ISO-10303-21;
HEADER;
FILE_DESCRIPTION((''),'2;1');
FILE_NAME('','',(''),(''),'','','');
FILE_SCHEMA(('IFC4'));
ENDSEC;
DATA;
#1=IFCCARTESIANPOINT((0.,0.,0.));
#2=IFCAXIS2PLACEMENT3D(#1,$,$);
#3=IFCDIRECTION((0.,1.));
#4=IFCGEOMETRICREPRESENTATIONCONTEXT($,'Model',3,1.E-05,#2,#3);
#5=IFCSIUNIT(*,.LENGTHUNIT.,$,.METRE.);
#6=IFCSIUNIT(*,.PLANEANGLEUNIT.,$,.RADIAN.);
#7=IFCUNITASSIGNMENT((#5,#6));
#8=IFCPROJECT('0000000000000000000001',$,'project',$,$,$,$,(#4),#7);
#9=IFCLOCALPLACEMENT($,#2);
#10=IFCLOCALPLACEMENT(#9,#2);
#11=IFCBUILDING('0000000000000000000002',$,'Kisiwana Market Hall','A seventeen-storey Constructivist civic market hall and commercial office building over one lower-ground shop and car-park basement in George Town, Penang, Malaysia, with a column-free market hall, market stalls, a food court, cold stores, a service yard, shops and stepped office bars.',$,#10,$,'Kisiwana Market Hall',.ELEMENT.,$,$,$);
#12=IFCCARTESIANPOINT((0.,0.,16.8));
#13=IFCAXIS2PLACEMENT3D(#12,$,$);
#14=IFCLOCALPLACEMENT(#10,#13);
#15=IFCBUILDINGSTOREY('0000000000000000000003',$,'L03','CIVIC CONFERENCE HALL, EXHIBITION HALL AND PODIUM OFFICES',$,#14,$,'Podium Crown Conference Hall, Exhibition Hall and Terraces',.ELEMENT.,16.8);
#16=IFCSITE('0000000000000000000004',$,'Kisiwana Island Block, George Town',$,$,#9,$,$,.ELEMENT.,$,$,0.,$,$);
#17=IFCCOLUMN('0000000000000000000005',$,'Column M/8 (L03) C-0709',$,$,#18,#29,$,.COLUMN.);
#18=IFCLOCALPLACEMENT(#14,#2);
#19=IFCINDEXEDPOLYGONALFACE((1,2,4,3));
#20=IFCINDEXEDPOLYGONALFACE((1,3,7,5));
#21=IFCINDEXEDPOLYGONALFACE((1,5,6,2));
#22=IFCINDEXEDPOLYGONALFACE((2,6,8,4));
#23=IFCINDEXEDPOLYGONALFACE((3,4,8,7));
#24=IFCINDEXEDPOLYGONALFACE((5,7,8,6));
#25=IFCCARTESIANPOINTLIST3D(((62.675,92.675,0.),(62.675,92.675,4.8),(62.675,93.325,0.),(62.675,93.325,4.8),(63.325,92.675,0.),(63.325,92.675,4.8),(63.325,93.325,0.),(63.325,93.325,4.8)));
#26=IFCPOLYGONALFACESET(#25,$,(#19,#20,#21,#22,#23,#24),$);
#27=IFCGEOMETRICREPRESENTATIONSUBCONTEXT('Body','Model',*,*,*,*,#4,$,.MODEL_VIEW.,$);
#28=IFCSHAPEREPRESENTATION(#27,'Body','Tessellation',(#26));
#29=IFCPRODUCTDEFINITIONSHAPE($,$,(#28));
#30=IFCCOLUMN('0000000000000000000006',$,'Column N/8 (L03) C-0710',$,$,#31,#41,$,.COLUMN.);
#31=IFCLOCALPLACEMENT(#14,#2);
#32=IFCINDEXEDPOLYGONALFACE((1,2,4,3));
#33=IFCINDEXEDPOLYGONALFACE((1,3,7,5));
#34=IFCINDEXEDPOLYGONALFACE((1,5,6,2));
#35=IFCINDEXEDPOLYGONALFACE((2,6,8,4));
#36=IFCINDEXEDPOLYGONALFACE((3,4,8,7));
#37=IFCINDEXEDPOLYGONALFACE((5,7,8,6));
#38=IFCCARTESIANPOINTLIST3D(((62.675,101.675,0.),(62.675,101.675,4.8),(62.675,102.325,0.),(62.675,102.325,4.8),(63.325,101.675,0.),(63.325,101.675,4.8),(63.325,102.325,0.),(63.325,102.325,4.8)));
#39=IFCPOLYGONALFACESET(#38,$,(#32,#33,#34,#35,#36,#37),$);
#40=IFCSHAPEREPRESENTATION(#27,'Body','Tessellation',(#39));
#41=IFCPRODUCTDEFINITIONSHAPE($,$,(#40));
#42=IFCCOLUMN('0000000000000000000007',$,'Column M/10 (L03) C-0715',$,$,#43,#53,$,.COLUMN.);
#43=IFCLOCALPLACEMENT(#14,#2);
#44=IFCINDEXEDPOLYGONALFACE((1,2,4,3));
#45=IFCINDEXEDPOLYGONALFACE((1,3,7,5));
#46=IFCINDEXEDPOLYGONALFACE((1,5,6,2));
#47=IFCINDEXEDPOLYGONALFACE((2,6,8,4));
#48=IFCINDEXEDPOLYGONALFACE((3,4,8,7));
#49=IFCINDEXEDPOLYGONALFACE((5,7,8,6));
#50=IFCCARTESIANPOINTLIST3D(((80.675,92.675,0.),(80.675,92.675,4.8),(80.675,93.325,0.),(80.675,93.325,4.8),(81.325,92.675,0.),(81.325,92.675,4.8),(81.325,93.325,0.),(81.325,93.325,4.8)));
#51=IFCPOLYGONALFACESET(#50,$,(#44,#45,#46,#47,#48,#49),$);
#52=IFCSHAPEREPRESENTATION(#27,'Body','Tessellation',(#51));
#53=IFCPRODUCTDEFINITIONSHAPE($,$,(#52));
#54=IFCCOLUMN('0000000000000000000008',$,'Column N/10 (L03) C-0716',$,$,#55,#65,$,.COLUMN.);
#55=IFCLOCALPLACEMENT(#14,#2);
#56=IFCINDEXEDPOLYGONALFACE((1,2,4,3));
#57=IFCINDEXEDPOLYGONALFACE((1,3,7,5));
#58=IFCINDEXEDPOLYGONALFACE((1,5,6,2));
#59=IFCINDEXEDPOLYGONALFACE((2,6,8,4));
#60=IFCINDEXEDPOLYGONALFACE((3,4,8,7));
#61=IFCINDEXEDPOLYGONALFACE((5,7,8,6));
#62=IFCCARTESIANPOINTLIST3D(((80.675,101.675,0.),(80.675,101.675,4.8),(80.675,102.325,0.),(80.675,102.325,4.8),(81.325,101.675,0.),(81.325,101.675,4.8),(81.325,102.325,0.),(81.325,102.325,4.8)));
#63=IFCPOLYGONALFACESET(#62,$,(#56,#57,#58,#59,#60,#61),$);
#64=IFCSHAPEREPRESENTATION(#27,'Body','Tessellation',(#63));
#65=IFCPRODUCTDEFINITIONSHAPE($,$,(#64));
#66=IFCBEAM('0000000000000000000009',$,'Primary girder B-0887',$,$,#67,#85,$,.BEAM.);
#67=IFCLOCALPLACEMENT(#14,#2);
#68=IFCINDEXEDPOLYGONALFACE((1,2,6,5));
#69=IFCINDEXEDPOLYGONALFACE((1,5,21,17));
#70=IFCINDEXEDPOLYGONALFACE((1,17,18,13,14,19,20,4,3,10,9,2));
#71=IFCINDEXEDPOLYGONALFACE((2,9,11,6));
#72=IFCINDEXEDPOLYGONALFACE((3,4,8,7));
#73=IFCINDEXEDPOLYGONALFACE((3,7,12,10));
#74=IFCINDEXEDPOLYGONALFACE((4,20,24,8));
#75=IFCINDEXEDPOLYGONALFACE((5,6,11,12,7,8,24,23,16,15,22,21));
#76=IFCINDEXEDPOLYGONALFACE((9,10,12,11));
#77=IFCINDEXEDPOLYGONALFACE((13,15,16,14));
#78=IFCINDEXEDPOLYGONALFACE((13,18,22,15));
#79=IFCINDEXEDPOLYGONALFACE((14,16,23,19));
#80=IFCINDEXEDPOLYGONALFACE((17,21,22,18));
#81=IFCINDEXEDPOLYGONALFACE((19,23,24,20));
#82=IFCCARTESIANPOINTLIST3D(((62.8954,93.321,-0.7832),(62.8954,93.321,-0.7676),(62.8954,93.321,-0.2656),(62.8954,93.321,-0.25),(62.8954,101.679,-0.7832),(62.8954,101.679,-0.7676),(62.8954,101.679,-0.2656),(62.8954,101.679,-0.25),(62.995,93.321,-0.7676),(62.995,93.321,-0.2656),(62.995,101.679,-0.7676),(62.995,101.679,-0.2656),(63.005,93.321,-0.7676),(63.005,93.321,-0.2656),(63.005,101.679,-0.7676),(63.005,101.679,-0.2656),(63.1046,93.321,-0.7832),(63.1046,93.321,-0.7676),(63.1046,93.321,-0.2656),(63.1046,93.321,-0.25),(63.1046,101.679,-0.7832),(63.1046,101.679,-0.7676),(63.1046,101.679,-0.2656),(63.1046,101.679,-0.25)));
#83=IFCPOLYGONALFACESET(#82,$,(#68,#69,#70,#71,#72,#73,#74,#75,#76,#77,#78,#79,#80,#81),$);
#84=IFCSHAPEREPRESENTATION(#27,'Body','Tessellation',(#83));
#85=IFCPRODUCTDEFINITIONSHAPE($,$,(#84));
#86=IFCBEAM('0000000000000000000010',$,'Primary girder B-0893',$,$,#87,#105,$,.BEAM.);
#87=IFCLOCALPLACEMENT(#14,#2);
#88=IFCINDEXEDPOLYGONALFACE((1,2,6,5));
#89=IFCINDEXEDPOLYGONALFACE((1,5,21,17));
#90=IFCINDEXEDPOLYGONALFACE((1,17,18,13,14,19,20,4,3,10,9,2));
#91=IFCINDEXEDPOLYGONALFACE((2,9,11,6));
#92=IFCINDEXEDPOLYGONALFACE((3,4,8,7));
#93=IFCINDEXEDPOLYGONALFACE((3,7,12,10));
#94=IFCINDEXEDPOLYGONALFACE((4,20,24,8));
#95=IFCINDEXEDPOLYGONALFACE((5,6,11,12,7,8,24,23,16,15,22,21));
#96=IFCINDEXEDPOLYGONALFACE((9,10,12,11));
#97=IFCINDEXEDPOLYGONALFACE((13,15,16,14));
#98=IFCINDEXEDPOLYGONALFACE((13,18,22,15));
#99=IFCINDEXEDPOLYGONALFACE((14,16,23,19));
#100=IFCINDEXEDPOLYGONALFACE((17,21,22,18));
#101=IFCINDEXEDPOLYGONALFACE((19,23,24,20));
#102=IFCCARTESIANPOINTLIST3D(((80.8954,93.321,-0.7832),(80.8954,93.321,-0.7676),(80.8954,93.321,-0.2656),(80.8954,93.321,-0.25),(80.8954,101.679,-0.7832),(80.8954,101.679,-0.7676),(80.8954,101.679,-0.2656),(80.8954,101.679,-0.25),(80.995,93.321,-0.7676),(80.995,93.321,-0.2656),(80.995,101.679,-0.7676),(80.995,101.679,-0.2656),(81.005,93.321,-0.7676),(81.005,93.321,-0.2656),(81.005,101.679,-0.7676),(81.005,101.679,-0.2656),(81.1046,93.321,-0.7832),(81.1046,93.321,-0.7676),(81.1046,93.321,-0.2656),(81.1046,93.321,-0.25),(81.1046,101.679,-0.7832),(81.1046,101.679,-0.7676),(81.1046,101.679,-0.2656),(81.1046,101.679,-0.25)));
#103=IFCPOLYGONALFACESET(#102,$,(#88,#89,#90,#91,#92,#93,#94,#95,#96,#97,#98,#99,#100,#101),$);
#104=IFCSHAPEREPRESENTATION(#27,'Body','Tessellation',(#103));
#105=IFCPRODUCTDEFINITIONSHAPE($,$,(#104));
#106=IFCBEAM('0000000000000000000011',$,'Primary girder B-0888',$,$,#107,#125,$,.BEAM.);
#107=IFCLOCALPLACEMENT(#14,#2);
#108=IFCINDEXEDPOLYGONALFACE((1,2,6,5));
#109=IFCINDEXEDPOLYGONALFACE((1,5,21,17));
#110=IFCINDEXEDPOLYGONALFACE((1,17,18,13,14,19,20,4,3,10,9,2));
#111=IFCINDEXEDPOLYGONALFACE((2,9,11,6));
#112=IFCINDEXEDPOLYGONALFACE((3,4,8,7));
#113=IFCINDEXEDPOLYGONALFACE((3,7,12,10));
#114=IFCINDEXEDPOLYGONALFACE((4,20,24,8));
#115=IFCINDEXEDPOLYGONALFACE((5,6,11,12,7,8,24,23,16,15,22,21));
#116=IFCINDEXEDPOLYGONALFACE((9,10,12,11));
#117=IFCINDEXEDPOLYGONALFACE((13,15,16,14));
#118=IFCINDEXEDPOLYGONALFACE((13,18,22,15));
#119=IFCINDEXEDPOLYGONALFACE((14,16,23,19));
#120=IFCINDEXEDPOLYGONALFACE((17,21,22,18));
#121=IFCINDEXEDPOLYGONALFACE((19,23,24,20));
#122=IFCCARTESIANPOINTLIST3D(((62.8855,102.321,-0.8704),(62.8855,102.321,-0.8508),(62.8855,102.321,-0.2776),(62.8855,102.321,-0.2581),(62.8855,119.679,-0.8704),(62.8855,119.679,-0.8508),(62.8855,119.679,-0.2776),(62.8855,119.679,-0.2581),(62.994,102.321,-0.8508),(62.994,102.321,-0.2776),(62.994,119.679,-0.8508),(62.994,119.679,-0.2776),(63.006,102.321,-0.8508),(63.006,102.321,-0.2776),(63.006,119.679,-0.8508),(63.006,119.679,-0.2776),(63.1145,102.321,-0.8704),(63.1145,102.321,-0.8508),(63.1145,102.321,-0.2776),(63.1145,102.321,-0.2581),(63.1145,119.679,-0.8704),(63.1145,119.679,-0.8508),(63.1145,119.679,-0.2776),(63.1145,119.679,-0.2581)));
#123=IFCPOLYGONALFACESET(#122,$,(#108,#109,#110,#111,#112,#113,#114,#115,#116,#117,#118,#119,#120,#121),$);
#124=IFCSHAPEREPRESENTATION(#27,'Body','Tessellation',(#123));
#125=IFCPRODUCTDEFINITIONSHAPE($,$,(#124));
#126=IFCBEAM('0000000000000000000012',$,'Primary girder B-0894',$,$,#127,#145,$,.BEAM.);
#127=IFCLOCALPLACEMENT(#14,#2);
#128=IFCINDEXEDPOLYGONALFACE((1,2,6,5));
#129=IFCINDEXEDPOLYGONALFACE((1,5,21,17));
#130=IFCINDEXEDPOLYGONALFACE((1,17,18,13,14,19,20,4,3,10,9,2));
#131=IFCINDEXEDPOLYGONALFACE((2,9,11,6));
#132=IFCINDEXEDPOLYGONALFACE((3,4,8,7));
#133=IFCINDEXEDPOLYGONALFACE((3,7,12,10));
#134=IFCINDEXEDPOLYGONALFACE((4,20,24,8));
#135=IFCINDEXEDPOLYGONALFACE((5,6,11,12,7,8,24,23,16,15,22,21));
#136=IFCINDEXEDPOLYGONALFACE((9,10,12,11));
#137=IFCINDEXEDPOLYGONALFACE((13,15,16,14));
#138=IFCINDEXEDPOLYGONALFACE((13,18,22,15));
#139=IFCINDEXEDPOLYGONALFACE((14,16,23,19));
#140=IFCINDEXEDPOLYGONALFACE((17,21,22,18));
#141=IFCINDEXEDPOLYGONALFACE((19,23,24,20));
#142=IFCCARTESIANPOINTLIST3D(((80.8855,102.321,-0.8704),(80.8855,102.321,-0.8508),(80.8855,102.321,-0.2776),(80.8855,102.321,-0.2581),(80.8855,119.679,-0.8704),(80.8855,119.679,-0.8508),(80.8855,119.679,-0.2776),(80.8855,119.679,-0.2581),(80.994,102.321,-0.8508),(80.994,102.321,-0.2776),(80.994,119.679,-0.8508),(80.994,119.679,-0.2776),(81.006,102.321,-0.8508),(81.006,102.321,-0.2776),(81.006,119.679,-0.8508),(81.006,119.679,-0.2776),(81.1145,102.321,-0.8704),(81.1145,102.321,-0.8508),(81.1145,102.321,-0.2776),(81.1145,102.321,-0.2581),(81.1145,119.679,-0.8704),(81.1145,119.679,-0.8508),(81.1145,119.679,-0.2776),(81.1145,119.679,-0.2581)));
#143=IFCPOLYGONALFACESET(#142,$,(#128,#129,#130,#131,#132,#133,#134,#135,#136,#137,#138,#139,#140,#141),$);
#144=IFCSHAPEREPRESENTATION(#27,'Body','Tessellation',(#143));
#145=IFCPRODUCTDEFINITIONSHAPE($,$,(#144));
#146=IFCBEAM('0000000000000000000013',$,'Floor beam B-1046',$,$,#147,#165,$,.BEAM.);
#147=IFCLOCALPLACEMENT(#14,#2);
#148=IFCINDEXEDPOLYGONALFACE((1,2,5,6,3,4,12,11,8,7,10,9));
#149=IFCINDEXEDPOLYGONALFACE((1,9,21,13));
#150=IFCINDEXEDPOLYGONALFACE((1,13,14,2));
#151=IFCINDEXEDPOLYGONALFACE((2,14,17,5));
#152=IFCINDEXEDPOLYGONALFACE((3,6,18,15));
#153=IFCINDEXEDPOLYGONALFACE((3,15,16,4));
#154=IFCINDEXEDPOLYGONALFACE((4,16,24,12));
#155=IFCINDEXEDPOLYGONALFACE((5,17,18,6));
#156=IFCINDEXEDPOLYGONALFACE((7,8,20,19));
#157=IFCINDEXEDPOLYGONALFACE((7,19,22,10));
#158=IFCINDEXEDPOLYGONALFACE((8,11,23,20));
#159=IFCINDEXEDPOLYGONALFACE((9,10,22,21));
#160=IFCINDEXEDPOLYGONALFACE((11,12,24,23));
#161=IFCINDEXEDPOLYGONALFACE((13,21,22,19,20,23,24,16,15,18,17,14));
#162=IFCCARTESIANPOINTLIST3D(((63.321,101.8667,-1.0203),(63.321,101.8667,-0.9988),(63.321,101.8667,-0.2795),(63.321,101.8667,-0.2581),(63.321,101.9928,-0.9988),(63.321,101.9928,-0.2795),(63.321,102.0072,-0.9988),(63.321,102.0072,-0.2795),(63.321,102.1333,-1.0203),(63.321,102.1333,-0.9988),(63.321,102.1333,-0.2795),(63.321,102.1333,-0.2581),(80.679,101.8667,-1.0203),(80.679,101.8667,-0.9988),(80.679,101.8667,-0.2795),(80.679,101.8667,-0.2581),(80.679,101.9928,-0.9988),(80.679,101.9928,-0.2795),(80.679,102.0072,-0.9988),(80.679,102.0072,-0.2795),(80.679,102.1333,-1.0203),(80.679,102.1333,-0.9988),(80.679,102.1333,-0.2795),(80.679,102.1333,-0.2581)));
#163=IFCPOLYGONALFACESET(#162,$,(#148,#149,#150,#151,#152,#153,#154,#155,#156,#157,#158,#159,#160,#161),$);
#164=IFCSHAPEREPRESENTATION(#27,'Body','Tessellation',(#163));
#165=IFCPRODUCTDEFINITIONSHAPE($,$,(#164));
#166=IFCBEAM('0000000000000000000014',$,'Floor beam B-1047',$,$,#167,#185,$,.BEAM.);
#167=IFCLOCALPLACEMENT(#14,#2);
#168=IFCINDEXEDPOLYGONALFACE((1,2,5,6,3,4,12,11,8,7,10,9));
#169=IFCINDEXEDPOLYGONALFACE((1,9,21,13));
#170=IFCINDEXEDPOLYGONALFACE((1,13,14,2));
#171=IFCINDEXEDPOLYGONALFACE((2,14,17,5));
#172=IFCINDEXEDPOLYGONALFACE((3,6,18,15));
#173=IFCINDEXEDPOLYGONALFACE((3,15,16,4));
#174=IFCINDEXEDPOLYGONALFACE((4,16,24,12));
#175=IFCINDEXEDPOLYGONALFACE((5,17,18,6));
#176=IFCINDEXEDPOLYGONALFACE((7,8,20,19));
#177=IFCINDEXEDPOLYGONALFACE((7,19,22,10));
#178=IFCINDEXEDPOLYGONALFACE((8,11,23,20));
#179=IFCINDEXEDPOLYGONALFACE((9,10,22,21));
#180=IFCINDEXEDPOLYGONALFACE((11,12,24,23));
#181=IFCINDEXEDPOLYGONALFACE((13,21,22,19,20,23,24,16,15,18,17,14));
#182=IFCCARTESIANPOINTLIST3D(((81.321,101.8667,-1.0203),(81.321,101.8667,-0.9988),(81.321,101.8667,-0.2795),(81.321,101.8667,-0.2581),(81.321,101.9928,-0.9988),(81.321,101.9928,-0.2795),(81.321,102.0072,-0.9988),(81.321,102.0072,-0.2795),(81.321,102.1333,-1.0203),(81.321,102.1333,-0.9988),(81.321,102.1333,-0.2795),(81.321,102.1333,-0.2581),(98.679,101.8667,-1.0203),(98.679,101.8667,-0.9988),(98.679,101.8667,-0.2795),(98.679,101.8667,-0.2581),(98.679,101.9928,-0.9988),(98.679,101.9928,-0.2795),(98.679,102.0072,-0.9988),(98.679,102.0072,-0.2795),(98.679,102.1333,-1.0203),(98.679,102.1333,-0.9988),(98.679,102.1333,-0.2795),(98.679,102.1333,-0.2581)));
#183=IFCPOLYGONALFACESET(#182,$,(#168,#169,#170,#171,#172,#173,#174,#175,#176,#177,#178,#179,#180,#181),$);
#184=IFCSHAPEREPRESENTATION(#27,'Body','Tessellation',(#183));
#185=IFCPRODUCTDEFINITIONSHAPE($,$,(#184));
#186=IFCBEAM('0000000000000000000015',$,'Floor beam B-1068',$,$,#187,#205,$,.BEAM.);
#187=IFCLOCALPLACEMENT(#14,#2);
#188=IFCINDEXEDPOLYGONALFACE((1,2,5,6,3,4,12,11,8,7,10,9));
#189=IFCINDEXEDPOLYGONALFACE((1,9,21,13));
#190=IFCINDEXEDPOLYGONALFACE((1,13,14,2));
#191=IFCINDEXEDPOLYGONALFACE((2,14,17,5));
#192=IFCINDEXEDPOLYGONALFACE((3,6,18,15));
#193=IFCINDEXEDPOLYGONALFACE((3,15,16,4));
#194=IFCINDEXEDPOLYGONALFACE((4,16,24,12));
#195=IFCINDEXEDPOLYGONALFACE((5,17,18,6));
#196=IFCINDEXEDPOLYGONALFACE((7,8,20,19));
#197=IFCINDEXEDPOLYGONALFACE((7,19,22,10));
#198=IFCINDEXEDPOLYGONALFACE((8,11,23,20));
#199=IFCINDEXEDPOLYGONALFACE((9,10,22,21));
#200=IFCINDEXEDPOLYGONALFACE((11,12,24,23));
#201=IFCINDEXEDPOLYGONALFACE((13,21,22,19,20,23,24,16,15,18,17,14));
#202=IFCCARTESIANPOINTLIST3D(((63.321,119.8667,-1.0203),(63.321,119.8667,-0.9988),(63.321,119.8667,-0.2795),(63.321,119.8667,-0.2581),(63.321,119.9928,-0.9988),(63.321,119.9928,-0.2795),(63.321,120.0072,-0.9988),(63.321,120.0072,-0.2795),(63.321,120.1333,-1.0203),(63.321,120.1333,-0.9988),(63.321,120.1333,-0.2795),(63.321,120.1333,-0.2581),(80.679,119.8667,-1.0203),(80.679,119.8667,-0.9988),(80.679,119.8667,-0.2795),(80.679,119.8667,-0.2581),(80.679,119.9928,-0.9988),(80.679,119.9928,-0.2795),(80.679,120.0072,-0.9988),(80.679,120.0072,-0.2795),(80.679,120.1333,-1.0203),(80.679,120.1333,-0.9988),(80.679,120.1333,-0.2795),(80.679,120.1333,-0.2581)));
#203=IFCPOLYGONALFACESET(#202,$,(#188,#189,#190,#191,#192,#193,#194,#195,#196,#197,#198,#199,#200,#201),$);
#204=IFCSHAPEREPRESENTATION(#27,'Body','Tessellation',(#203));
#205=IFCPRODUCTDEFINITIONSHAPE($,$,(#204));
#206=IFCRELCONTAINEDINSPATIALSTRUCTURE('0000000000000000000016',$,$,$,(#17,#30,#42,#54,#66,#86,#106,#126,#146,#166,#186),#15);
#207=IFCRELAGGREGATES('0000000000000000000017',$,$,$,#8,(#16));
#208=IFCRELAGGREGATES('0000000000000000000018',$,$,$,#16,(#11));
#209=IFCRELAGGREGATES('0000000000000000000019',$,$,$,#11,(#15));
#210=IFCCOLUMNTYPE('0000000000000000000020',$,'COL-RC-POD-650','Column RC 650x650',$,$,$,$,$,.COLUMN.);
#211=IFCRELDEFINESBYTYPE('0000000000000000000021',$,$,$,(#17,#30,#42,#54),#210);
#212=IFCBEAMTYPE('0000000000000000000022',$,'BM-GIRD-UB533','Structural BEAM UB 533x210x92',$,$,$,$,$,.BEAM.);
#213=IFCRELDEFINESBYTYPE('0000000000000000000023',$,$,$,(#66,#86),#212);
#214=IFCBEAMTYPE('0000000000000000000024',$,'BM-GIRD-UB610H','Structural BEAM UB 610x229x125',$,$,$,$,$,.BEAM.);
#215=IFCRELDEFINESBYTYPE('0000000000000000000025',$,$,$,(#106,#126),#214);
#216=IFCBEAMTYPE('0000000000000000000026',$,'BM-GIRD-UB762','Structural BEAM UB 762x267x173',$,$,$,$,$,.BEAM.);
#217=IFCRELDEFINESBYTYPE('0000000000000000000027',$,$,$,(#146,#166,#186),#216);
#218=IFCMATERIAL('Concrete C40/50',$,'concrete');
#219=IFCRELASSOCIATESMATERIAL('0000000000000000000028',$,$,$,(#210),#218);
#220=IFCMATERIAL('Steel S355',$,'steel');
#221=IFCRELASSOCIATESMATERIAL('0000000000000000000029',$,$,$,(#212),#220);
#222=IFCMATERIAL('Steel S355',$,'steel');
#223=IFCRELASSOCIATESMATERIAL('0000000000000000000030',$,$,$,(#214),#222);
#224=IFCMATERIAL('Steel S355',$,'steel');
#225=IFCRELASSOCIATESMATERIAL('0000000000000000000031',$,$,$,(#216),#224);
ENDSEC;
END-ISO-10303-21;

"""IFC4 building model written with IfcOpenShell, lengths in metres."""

from ifc_helpers import new_model, si_unit, direction, frame, origin, origin_2d, place, context, subcontext, project, spatial, rectangle, i_section, extrude, material, material_profile, profile_set, type_object, element, save


model = new_model("IFC4")

# Units and contexts
model_context = context("Model", 3, precision=1e-05, world=origin(), true_north=direction((0.0, 1.0)))
body_context = subcontext(model_context, "Body", "Model", "MODEL_VIEW")
ifc_project = project(units=[si_unit("LENGTHUNIT", "METRE"), si_unit("PLANEANGLEUNIT", "RADIAN")], contexts=[model_context])

# Site, building, storey
site_placement = place(None, origin())
site = spatial("IfcSite", under=ifc_project, at=site_placement, Name="Kisiwana Island Block, George Town", CompositionType="ELEMENT", RefElevation=0.0)
building_placement = place(site_placement, origin())
building = spatial("IfcBuilding", under=site, at=building_placement, Name="Kisiwana Market Hall", Description="A seventeen-storey Constructivist civic market hall and commercial office building over one lower-ground shop and car-park basement in George Town, Penang, Malaysia, with a column-free market hall, market stalls, a food court, cold stores, a service yard, shops and stepped office bars.", LongName="Kisiwana Market Hall", CompositionType="ELEMENT")
storey_placement = place(building_placement, frame((0.0, 0.0, 16.8)))
storey = spatial("IfcBuildingStorey", under=building, at=storey_placement, Name="L03", Description="CIVIC CONFERENCE HALL, EXHIBITION HALL AND PODIUM OFFICES", LongName="Podium Crown Conference Hall, Exhibition Hall and Terraces", CompositionType="ELEMENT", Elevation=16.8)

# Columns
ifc_material_1 = material(Name="Concrete C40/50", Category="concrete")
ifc_material_profile_1 = material_profile(ifc_material_1, rectangle(XDim=0.6499, YDim=0.6499, at=origin_2d()), Name="RC 650x650")
ifc_profile_set_1 = profile_set([ifc_material_profile_1], Name="Concrete C40/50")
column_type = type_object("IfcColumnType", Name="COL-RC-POD-650", Description="Column RC 650x650", PredefinedType="COLUMN", material=ifc_profile_set_1)
for number, where, z_axis, x_axis, name in (
    (1, (63.0, 93.0, 0.0), (0.0, 0.0, 1.0), (1.0, 0.0, 0.0), "Column M/8 (L03) C-0709"),
    (2, (63.0, 102.0, 0.0), (0.0, 0.0, 1.0), (1.0, 0.0, 0.0), "Column N/8 (L03) C-0710"),
    (3, (81.0, 93.0, 0.0), (0.0, 0.0, 1.0), (1.0, 0.0, 0.0), "Column M/10 (L03) C-0715"),
    (4, (81.0, 102.0, 0.0), (0.0, 0.0, 1.0), (1.0, 0.0, 0.0), "Column N/10 (L03) C-0716"),
):
    element("IfcColumn", number, at=place(storey_placement, frame(where, z_axis=z_axis, x_axis=x_axis)), inside=storey, type_object=column_type, Name=name, PredefinedType="COLUMN", context=body_context, shape_type="SweptSolid", body=[
        extrude(rectangle(XDim=0.6499, YDim=0.6499, at=origin_2d()), origin(), (0.0, 0.0, 1.0), 4.8),
    ])

# Beams
ifc_material_2 = material(Name="Steel S355", Category="steel")
ifc_material_profile_2 = material_profile(ifc_material_2, i_section(OverallWidth=0.2092, OverallDepth=0.5332, WebThickness=0.01, FlangeThickness=0.0156, at=origin_2d()), Name="UB 533x210x92")
ifc_profile_set_2 = profile_set([ifc_material_profile_2], Name="Steel S355")
beam_type_1 = type_object("IfcBeamType", Name="BM-GIRD-UB533", Description="Structural BEAM UB 533x210x92", PredefinedType="BEAM", material=ifc_profile_set_2)
for number, where, z_axis, x_axis, name in (
    (5, (63.0, 93.321, -0.5166), (0.0, 1.0, 0.0), (-1.0, 0.0, 0.0), "Primary girder B-0887"),
    (6, (81.0, 93.321, -0.5166), (0.0, 1.0, 0.0), (-1.0, 0.0, 0.0), "Primary girder B-0893"),
):
    element("IfcBeam", number, at=place(storey_placement, frame(where, z_axis=z_axis, x_axis=x_axis)), inside=storey, type_object=beam_type_1, Name=name, PredefinedType="BEAM", context=body_context, shape_type="SweptSolid", body=[
        extrude(i_section(OverallWidth=0.2092, OverallDepth=0.5332, WebThickness=0.01, FlangeThickness=0.0156, at=origin_2d()), origin(), (0.0, 0.0, 1.0), 8.3579),
    ])
ifc_material_3 = material(Name="Steel S355", Category="steel")
ifc_material_profile_3 = material_profile(ifc_material_3, i_section(OverallWidth=0.229, OverallDepth=0.6123, WebThickness=0.012, FlangeThickness=0.0195, at=origin_2d()), Name="UB 610x229x125")
ifc_profile_set_3 = profile_set([ifc_material_profile_3], Name="Steel S355")
beam_type_2 = type_object("IfcBeamType", Name="BM-GIRD-UB610H", Description="Structural BEAM UB 610x229x125", PredefinedType="BEAM", material=ifc_profile_set_3)
for number, where, z_axis, x_axis, name in (
    (7, (63.0, 102.321, -0.5642), (0.0, 1.0, 0.0), (-1.0, 0.0, 0.0), "Primary girder B-0888"),
    (8, (81.0, 102.321, -0.5642), (0.0, 1.0, 0.0), (-1.0, 0.0, 0.0), "Primary girder B-0894"),
):
    element("IfcBeam", number, at=place(storey_placement, frame(where, z_axis=z_axis, x_axis=x_axis)), inside=storey, type_object=beam_type_2, Name=name, PredefinedType="BEAM", context=body_context, shape_type="SweptSolid", body=[
        extrude(i_section(OverallWidth=0.229, OverallDepth=0.6123, WebThickness=0.012, FlangeThickness=0.0195, at=origin_2d()), origin(), (0.0, 0.0, 1.0), 17.3579),
    ])
ifc_material_4 = material(Name="Steel S355", Category="steel")
ifc_material_profile_4 = material_profile(ifc_material_4, i_section(OverallWidth=0.2666, OverallDepth=0.7622, WebThickness=0.0144, FlangeThickness=0.0215, at=origin_2d()), Name="UB 762x267x173")
ifc_profile_set_4 = profile_set([ifc_material_profile_4], Name="Steel S355")
beam_type_3 = type_object("IfcBeamType", Name="BM-GIRD-UB762", Description="Structural BEAM UB 762x267x173", PredefinedType="BEAM", material=ifc_profile_set_4)
for number, where, z_axis, x_axis, name in (
    (9, (63.321, 102.0, -0.6392), (1.0, 0.0, 0.0), (0.0, 1.0, 0.0), "Floor beam B-1046"),
    (10, (81.321, 102.0, -0.6392), (1.0, 0.0, 0.0), (0.0, 1.0, 0.0), "Floor beam B-1047"),
    (11, (63.321, 120.0, -0.6392), (1.0, 0.0, 0.0), (0.0, 1.0, 0.0), "Floor beam B-1068"),
):
    element("IfcBeam", number, at=place(storey_placement, frame(where, z_axis=z_axis, x_axis=x_axis)), inside=storey, type_object=beam_type_3, Name=name, PredefinedType="BEAM", context=body_context, shape_type="SweptSolid", body=[
        extrude(i_section(OverallWidth=0.2666, OverallDepth=0.7622, WebThickness=0.0144, FlangeThickness=0.0215, at=origin_2d()), origin(), (0.0, 0.0, 1.0), 17.3579),
    ])

save(model, "model.ifc")
